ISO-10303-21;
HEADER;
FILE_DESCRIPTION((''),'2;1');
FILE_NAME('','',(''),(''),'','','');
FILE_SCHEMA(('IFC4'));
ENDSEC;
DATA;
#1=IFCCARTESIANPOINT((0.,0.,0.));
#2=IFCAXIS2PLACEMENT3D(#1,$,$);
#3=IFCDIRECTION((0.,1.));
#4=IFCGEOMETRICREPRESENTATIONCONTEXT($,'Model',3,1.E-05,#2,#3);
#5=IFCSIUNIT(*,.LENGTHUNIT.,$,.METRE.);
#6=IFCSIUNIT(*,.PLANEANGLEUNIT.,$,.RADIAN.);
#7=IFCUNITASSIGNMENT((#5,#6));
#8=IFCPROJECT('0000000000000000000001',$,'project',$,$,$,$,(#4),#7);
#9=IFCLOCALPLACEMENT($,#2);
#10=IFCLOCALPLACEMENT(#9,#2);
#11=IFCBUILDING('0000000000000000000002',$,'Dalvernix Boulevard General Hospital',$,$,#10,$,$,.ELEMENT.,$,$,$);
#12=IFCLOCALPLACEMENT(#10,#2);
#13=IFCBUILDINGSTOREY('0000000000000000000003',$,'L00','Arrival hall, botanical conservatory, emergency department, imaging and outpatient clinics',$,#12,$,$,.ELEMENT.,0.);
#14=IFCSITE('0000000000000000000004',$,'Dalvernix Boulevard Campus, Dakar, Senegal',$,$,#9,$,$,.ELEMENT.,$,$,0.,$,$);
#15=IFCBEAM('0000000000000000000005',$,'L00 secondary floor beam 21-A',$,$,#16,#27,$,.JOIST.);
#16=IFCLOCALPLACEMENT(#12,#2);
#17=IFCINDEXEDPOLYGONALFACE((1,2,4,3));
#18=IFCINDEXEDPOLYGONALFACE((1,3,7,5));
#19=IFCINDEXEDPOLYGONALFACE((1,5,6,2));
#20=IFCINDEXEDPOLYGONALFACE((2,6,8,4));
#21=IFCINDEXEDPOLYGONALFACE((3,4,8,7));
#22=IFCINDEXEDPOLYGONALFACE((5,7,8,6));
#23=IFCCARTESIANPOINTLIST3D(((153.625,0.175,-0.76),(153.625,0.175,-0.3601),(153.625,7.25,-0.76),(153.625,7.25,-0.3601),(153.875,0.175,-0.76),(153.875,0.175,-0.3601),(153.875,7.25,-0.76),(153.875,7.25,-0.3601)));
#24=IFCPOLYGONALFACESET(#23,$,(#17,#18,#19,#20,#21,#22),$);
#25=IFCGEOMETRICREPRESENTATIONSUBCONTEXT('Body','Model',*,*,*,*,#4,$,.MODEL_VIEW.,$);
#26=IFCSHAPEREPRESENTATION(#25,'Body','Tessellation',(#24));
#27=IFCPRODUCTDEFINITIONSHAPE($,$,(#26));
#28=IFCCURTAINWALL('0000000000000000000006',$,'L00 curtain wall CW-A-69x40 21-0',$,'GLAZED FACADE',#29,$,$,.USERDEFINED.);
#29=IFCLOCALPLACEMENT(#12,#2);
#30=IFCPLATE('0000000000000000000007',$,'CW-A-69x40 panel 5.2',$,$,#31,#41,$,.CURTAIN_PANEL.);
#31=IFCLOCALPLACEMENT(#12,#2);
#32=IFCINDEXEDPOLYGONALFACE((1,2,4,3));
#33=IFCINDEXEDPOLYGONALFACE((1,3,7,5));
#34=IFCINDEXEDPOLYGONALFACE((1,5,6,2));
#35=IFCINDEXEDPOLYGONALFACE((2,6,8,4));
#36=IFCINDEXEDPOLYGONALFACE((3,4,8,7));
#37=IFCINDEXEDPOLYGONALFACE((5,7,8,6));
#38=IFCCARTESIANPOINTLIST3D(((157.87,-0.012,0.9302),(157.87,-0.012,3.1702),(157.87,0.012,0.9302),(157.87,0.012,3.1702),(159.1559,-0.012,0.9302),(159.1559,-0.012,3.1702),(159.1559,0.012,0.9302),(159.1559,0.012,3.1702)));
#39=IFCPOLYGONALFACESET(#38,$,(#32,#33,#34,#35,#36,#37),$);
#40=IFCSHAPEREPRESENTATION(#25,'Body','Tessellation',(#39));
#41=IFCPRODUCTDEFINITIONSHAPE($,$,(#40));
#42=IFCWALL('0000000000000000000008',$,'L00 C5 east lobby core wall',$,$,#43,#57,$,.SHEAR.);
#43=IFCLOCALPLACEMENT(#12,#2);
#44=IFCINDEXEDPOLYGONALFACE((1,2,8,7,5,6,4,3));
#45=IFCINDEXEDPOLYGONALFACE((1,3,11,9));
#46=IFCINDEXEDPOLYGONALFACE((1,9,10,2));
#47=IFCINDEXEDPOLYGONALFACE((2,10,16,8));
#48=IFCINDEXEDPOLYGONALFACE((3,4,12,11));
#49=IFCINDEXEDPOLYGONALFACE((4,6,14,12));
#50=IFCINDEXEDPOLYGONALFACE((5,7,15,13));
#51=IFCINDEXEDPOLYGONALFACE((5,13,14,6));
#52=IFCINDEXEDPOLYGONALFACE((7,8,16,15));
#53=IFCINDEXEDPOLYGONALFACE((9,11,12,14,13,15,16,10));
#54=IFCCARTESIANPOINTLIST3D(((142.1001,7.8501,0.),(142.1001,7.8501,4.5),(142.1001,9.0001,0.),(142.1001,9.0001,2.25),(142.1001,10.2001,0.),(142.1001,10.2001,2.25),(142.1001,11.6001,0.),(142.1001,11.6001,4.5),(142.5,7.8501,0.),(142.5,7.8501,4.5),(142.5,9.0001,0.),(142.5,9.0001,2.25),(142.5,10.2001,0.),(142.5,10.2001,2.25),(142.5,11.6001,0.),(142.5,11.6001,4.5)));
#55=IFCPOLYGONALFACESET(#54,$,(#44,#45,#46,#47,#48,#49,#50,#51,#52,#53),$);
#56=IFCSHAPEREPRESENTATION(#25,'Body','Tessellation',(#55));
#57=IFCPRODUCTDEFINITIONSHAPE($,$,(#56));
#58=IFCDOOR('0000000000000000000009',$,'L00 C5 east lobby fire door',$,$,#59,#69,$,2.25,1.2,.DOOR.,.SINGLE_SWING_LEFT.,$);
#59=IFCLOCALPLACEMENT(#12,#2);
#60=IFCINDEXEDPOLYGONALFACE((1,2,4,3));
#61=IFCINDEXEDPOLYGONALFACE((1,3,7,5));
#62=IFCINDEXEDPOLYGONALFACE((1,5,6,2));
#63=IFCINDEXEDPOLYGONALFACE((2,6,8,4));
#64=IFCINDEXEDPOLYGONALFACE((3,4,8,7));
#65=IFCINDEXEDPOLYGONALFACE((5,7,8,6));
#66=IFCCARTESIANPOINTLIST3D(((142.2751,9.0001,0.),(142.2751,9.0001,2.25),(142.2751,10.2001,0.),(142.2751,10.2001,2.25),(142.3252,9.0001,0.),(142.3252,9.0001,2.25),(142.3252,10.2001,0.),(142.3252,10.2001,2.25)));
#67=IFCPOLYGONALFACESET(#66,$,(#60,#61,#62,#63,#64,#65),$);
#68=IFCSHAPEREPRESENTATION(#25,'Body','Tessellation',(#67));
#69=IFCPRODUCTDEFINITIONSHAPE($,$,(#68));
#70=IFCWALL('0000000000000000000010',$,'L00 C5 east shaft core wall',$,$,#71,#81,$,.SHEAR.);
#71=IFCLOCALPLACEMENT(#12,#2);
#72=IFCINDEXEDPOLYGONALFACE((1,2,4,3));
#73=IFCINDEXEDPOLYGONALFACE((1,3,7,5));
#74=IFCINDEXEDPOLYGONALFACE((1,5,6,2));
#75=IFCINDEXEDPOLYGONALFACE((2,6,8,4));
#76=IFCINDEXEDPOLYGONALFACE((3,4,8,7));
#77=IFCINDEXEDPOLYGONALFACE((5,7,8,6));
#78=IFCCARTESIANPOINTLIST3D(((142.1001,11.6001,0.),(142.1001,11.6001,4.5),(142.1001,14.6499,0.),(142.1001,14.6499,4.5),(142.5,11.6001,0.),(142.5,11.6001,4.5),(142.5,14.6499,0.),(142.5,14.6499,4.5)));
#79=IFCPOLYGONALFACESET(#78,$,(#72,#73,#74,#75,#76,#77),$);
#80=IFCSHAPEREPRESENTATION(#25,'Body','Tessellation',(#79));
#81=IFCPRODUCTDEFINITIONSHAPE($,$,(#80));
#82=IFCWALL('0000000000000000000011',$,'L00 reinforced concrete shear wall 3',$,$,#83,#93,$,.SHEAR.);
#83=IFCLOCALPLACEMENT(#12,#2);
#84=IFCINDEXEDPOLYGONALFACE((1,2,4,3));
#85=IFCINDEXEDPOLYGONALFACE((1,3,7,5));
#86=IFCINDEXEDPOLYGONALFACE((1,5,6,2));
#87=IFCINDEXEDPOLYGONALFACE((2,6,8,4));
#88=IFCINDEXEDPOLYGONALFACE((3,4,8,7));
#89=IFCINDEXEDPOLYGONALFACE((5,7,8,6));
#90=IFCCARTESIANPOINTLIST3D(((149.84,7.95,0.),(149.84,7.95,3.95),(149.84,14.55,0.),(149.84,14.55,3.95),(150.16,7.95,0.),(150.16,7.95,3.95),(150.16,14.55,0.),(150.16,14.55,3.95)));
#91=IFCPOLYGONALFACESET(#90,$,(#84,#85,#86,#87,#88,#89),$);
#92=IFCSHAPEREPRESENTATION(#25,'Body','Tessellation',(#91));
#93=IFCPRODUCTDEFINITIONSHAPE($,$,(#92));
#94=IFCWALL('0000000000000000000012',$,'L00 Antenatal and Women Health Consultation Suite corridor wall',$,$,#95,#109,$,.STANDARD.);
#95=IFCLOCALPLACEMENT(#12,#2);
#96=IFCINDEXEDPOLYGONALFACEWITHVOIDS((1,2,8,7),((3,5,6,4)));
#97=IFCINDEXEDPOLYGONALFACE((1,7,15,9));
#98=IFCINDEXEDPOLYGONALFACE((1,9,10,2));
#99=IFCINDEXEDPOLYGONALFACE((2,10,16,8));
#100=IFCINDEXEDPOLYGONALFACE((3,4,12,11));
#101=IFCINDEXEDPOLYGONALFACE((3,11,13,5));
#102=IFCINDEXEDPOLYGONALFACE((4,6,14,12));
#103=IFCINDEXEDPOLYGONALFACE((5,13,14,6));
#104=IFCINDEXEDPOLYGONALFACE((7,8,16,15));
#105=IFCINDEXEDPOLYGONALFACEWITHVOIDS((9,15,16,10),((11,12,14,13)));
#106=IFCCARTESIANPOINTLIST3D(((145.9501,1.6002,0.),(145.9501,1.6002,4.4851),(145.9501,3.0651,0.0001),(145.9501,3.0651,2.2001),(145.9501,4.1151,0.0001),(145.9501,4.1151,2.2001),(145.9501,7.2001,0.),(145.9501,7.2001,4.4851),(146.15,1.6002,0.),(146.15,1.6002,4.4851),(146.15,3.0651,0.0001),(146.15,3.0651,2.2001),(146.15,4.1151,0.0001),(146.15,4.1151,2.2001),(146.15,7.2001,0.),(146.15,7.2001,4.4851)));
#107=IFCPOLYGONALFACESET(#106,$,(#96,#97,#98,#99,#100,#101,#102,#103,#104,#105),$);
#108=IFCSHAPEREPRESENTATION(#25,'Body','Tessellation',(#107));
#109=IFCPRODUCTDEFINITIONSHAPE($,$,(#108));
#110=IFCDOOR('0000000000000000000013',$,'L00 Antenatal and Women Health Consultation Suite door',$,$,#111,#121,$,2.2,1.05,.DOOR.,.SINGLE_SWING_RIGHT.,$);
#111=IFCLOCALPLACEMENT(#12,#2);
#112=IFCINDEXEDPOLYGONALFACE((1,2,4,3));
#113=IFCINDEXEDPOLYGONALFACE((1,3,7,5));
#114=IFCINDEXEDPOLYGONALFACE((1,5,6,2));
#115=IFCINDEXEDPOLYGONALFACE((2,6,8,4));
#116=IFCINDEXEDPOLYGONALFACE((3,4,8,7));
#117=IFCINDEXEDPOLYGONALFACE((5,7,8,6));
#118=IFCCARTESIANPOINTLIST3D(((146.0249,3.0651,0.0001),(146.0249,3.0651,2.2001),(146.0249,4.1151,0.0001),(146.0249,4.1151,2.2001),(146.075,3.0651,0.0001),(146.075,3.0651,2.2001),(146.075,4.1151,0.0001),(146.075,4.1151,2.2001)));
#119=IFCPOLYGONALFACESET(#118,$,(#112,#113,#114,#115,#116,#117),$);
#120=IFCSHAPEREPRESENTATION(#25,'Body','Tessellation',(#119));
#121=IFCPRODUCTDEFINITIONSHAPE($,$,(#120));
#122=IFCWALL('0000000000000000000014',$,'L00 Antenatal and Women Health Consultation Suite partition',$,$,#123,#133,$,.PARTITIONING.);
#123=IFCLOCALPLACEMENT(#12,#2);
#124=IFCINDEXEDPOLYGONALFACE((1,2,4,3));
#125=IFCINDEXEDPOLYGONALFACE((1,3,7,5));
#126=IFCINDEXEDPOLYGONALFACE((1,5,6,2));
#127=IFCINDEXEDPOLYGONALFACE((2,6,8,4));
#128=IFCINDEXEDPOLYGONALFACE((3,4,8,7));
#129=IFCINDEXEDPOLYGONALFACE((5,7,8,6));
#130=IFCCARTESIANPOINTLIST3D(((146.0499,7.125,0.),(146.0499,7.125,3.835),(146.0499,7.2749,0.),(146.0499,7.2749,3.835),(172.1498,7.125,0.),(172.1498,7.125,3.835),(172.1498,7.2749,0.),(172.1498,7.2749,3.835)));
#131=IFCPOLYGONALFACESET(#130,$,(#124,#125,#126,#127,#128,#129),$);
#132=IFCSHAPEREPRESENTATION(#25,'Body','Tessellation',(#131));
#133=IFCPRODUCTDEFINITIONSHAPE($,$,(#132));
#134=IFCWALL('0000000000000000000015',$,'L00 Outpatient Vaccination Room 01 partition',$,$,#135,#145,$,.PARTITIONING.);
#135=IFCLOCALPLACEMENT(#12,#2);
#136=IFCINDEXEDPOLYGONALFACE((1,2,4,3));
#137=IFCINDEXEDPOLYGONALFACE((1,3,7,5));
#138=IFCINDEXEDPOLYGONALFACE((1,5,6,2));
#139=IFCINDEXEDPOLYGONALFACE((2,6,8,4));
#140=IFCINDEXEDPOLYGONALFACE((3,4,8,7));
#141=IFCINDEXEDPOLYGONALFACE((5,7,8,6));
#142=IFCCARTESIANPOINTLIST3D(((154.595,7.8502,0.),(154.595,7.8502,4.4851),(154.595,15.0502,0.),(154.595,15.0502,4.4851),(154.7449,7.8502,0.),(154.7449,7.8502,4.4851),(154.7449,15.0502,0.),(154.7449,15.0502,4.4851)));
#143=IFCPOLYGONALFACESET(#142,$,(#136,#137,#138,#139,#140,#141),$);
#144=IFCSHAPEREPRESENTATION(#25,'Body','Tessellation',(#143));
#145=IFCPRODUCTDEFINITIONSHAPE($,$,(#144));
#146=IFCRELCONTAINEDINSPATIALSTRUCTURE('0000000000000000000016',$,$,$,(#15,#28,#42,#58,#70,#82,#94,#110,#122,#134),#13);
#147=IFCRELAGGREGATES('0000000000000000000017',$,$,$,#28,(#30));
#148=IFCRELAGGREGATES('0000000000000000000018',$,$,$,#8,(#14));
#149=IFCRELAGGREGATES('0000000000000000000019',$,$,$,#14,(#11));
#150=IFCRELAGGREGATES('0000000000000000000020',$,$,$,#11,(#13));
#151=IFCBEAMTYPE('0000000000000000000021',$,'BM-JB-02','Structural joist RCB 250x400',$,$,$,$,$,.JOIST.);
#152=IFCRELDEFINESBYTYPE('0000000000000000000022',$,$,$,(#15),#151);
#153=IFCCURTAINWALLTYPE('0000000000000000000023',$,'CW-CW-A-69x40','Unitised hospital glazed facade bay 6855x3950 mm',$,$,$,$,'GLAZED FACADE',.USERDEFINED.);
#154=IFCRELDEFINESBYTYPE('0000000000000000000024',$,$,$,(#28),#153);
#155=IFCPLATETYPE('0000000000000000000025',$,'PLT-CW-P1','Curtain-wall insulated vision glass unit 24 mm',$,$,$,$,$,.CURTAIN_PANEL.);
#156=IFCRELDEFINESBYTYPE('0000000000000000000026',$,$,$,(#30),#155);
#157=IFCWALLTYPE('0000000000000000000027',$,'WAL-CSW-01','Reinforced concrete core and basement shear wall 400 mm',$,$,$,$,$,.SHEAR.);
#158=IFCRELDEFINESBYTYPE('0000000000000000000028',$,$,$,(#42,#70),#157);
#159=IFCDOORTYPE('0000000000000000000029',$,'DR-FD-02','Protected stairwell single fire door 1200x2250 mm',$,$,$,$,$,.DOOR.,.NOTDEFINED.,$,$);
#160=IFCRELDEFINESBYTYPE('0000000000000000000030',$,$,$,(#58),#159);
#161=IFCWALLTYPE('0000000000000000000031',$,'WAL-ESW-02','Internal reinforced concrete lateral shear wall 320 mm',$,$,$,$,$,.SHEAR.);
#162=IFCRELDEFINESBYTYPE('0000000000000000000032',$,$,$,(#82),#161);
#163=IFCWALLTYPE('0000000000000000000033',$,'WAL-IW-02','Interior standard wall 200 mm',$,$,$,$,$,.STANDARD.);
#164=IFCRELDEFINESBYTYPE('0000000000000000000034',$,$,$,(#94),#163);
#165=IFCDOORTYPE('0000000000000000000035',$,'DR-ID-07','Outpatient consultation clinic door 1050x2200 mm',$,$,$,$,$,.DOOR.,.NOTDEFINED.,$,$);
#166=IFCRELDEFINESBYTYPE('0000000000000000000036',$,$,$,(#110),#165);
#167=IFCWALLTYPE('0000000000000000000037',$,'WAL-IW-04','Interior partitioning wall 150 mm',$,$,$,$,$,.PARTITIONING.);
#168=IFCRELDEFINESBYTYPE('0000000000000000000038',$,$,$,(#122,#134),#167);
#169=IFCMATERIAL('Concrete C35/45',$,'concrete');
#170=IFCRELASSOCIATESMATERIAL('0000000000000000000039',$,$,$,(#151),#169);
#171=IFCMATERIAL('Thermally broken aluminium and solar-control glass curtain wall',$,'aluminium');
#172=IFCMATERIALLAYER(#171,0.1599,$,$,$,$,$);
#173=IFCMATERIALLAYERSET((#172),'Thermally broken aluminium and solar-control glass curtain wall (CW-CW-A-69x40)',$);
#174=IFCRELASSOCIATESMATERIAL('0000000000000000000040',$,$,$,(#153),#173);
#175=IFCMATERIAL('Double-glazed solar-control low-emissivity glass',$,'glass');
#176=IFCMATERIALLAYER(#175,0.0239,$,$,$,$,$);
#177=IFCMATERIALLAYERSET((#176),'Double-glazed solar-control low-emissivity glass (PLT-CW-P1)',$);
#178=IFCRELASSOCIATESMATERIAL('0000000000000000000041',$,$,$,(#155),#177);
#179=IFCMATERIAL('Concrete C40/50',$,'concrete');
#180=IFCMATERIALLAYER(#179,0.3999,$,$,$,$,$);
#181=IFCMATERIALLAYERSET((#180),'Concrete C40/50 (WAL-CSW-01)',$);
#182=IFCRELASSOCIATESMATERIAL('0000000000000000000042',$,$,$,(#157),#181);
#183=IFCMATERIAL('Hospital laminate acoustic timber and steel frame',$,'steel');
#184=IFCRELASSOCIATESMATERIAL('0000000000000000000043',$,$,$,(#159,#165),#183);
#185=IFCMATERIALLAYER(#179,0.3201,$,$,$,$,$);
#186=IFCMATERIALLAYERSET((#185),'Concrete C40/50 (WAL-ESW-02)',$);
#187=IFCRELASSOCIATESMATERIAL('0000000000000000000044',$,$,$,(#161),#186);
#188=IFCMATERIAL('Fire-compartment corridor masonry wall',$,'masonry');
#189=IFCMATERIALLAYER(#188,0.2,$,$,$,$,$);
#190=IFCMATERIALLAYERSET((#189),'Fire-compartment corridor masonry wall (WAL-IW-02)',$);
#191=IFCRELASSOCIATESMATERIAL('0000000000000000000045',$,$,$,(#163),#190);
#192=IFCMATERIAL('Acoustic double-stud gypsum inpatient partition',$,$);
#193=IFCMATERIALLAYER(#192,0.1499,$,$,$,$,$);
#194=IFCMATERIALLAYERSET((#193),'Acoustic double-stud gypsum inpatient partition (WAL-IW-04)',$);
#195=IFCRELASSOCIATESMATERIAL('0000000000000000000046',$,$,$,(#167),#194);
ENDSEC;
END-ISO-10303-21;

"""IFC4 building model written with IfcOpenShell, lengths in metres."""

from ifc_helpers import new_model, si_unit, direction, frame, frame_2d, origin, origin_2d, place, context, subcontext, project, spatial, rectangle, extrude, material, layer, layer_set, material_profile, profile_set, type_object, element, fill, aggregate, save


model = new_model("IFC4")

# Units and contexts
model_context = context("Model", 3, precision=1e-05, world=origin(), true_north=direction((0.0, 1.0)))
body_context = subcontext(model_context, "Body", "Model", "MODEL_VIEW")
ifc_project = project(units=[si_unit("LENGTHUNIT", "METRE"), si_unit("PLANEANGLEUNIT", "RADIAN")], contexts=[model_context])

# Site, building, storey
site_placement = place(None, origin())
site = spatial("IfcSite", under=ifc_project, at=site_placement, Name="Dalvernix Boulevard Campus, Dakar, Senegal", CompositionType="ELEMENT", RefElevation=0.0)
building_placement = place(site_placement, origin())
building = spatial("IfcBuilding", under=site, at=building_placement, Name="Dalvernix Boulevard General Hospital", CompositionType="ELEMENT")
storey_placement = place(building_placement, origin())
storey = spatial("IfcBuildingStorey", under=building, at=storey_placement, Name="L00", Description="Arrival hall, botanical conservatory, emergency department, imaging and outpatient clinics", CompositionType="ELEMENT", Elevation=0.0)

# Shared definitions
ifc_material_1 = material(Name="Concrete C40/50", Category="concrete")

# Beam
ifc_material_2 = material(Name="Concrete C35/45", Category="concrete")
ifc_material_profile_1 = material_profile(ifc_material_2, rectangle(XDim=0.25, YDim=0.3999, at=origin_2d()), Name="RCB 250x400")
ifc_profile_set_1 = profile_set([ifc_material_profile_1], Name="Concrete C35/45")
beam_type_1 = type_object("IfcBeamType", Name="BM-JB-02", Description="Structural joist RCB 250x400", PredefinedType="JOIST", material=ifc_profile_set_1)
beam_1_placement = place(storey_placement, frame((153.75, 0.175, -0.5601), z_axis=(0.0, 1.0, 0.0), x_axis=(-1.0, 0.0, 0.0)))
element("IfcBeam", 1, at=beam_1_placement, inside=storey, type_object=beam_type_1, Name="L00 secondary floor beam 21-A", PredefinedType="JOIST", context=body_context, shape_type="SweptSolid", body=[
    extrude(rectangle(XDim=0.25, YDim=0.3999, at=origin_2d()), origin(), (0.0, 0.0, 1.0), 7.075),
])

# Curtain wall, plate
ifc_material_3 = material(Name="Thermally broken aluminium and solar-control glass curtain wall", Category="aluminium")
ifc_layer_1 = layer(ifc_material_3, 0.1599)
ifc_layer_set_1 = layer_set([ifc_layer_1], Name="Thermally broken aluminium and solar-control glass curtain wall (CW-CW-A-69x40)")
curtain_wall_type = type_object("IfcCurtainWallType", Name="CW-CW-A-69x40", Description="Unitised hospital glazed facade bay 6855x3950 mm", ElementType="GLAZED FACADE", PredefinedType="USERDEFINED", material=ifc_layer_set_1)
curtain_wall_placement = place(storey_placement, origin())
curtain_wall = element("IfcCurtainWall", 2, at=curtain_wall_placement, inside=storey, type_object=curtain_wall_type, Name="L00 curtain wall CW-A-69x40 21-0", ObjectType="GLAZED FACADE", PredefinedType="USERDEFINED")
ifc_material_4 = material(Name="Double-glazed solar-control low-emissivity glass", Category="glass")
ifc_layer_2 = layer(ifc_material_4, 0.0239)
ifc_layer_set_2 = layer_set([ifc_layer_2], Name="Double-glazed solar-control low-emissivity glass (PLT-CW-P1)")
plate_type = type_object("IfcPlateType", Name="PLT-CW-P1", Description="Curtain-wall insulated vision glass unit 24 mm", PredefinedType="CURTAIN_PANEL", material=ifc_layer_set_2)
plate_placement = place(storey_placement, frame((158.5129, 0.0, 0.9302), z_axis=(0.0, 0.0, 1.0), x_axis=(-1.0, 0.0, 0.0)))
plate = element("IfcPlate", 3, at=plate_placement, type_object=plate_type, Name="CW-A-69x40 panel 5.2", PredefinedType="CURTAIN_PANEL", context=body_context, shape_type="SweptSolid", body=[
    extrude(rectangle(XDim=1.2859, YDim=0.0239, at=origin_2d()), origin(), (0.0, 0.0, 1.0), 2.24),
])
aggregate(curtain_wall, [plate])

# Wall, opening, door
ifc_layer_3 = layer(ifc_material_1, 0.3999)
ifc_layer_set_3 = layer_set([ifc_layer_3], Name="Concrete C40/50 (WAL-CSW-01)")
wall_type_1 = type_object("IfcWallType", Name="WAL-CSW-01", Description="Reinforced concrete core and basement shear wall 400 mm", PredefinedType="SHEAR", material=ifc_layer_set_3)
wall_1_placement = place(storey_placement, frame((142.3, 7.8501, 0.0), z_axis=(0.0, 0.0, 1.0), x_axis=(0.0, 1.0, 0.0)))
wall_1 = element("IfcWall", 4, at=wall_1_placement, inside=storey, type_object=wall_type_1, Name="L00 C5 east lobby core wall", PredefinedType="SHEAR", context=body_context, shape_type="SweptSolid", body=[
    extrude(rectangle(XDim=3.75, YDim=0.3999, at=frame_2d((1.875, 0.0))), origin(), (0.0, 0.0, 1.0), 4.5),
])
opening_1_placement = place(wall_1_placement, frame((1.1499, 0.0, 0.0)))
opening_1 = element("IfcOpeningElement", 5, at=opening_1_placement, cuts=wall_1, PredefinedType="OPENING", context=body_context, shape_type="SweptSolid", body=[
    extrude(rectangle(XDim=1.2, YDim=2.25, at=frame_2d((0.6001, 1.125))), frame((0.0, 0.21, 0.0), z_axis=(0.0, -1.0, 0.0), x_axis=(1.0, 0.0, 0.0)), (0.0, 0.0, 1.0), 0.4199),
])
ifc_material_5 = material(Name="Hospital laminate acoustic timber and steel frame", Category="steel")
door_type_1 = type_object("IfcDoorType", Name="DR-FD-02", Description="Protected stairwell single fire door 1200x2250 mm", OperationType="NOTDEFINED", PredefinedType="DOOR", material=ifc_material_5)
door_1_placement = place(opening_1_placement, origin())
door_1 = element("IfcDoor", 6, at=door_1_placement, inside=storey, type_object=door_type_1, Name="L00 C5 east lobby fire door", OperationType="SINGLE_SWING_LEFT", OverallHeight=2.25, OverallWidth=1.2, PredefinedType="DOOR", context=body_context, shape_type="SweptSolid", body=[
    extrude(rectangle(XDim=1.2, YDim=2.25, at=frame_2d((0.6001, 1.125))), frame((0.0, 0.0249, 0.0), z_axis=(0.0, -1.0, 0.0), x_axis=(1.0, 0.0, 0.0)), (0.0, 0.0, 1.0), 0.05),
])
fill(opening_1, door_1)

# Walls
wall_2_placement = place(storey_placement, frame((142.3, 11.6001, 0.0), z_axis=(0.0, 0.0, 1.0), x_axis=(0.0, 1.0, 0.0)))
element("IfcWall", 7, at=wall_2_placement, inside=storey, type_object=wall_type_1, Name="L00 C5 east shaft core wall", PredefinedType="SHEAR", context=body_context, shape_type="SweptSolid", body=[
    extrude(rectangle(XDim=3.0498, YDim=0.3999, at=frame_2d((1.5249, 0.0))), origin(), (0.0, 0.0, 1.0), 4.5),
])
ifc_layer_4 = layer(ifc_material_1, 0.3201)
ifc_layer_set_4 = layer_set([ifc_layer_4], Name="Concrete C40/50 (WAL-ESW-02)")
wall_type_2 = type_object("IfcWallType", Name="WAL-ESW-02", Description="Internal reinforced concrete lateral shear wall 320 mm", PredefinedType="SHEAR", material=ifc_layer_set_4)
wall_3_placement = place(storey_placement, frame((150.0, 7.95, 0.0), z_axis=(0.0, 0.0, 1.0), x_axis=(0.0, 1.0, 0.0)))
element("IfcWall", 8, at=wall_3_placement, inside=storey, type_object=wall_type_2, Name="L00 reinforced concrete shear wall 3", PredefinedType="SHEAR", context=body_context, shape_type="SweptSolid", body=[
    extrude(rectangle(XDim=6.6001, YDim=0.3201, at=frame_2d((3.3, 0.0))), origin(), (0.0, 0.0, 1.0), 3.95),
])

# Wall, opening, door
ifc_material_6 = material(Name="Fire-compartment corridor masonry wall", Category="masonry")
ifc_layer_5 = layer(ifc_material_6, 0.2)
ifc_layer_set_5 = layer_set([ifc_layer_5], Name="Fire-compartment corridor masonry wall (WAL-IW-02)")
wall_type_3 = type_object("IfcWallType", Name="WAL-IW-02", Description="Interior standard wall 200 mm", PredefinedType="STANDARD", material=ifc_layer_set_5)
wall_4_placement = place(storey_placement, frame((146.05, 7.2, 0.0), z_axis=(0.0, 0.0, 1.0), x_axis=(0.0, -1.0, 0.0)))
wall_4 = element("IfcWall", 9, at=wall_4_placement, inside=storey, type_object=wall_type_3, Name="L00 Antenatal and Women Health Consultation Suite corridor wall", PredefinedType="STANDARD", context=body_context, shape_type="SweptSolid", body=[
    extrude(rectangle(XDim=5.5999, YDim=0.2, at=frame_2d((2.7998, 0.0))), origin(), (0.0, 0.0, 1.0), 4.4851),
])
opening_2_placement = place(wall_4_placement, frame((3.085, 0.0, 0.0)))
opening_2 = element("IfcOpeningElement", 10, at=opening_2_placement, cuts=wall_4, PredefinedType="OPENING", context=body_context, shape_type="SweptSolid", body=[
    extrude(rectangle(XDim=1.05, YDim=2.2, at=frame_2d((0.5249, 1.1001))), frame((0.0, 0.1099, 0.0), z_axis=(0.0, -1.0, 0.0), x_axis=(1.0, 0.0, 0.0)), (0.0, 0.0, 1.0), 0.22),
])
door_type_2 = type_object("IfcDoorType", Name="DR-ID-07", Description="Outpatient consultation clinic door 1050x2200 mm", OperationType="NOTDEFINED", PredefinedType="DOOR", material=ifc_material_5)
door_2_placement = place(opening_2_placement, origin())
door_2 = element("IfcDoor", 11, at=door_2_placement, inside=storey, type_object=door_type_2, Name="L00 Antenatal and Women Health Consultation Suite door", OperationType="SINGLE_SWING_RIGHT", OverallHeight=2.2, OverallWidth=1.05, PredefinedType="DOOR", context=body_context, shape_type="SweptSolid", body=[
    extrude(rectangle(XDim=1.05, YDim=2.2, at=frame_2d((0.5249, 1.1001))), frame((0.0, 0.0249, 0.0), z_axis=(0.0, -1.0, 0.0), x_axis=(1.0, 0.0, 0.0)), (0.0, 0.0, 1.0), 0.05),
])
fill(opening_2, door_2)

# Walls
ifc_material_7 = material(Name="Acoustic double-stud gypsum inpatient partition")
ifc_layer_6 = layer(ifc_material_7, 0.1499)
ifc_layer_set_6 = layer_set([ifc_layer_6], Name="Acoustic double-stud gypsum inpatient partition (WAL-IW-04)")
wall_type_4 = type_object("IfcWallType", Name="WAL-IW-04", Description="Interior partitioning wall 150 mm", PredefinedType="PARTITIONING", material=ifc_layer_set_6)
wall_5_placement = place(storey_placement, frame((146.05, 7.2, 0.0), z_axis=(0.0, 0.0, 1.0), x_axis=(1.0, 0.0, 0.0)))
element("IfcWall", 12, at=wall_5_placement, inside=storey, type_object=wall_type_4, Name="L00 Antenatal and Women Health Consultation Suite partition", PredefinedType="PARTITIONING", context=body_context, shape_type="SweptSolid", body=[
    extrude(rectangle(XDim=26.0999, YDim=0.1499, at=frame_2d((13.0498, 0.0))), origin(), (0.0, 0.0, 1.0), 3.835),
])
wall_6_placement = place(storey_placement, frame((154.6699, 7.8501, 0.0), z_axis=(0.0, 0.0, 1.0), x_axis=(0.0, 1.0, 0.0)))
element("IfcWall", 13, at=wall_6_placement, inside=storey, type_object=wall_type_4, Name="L00 Outpatient Vaccination Room 01 partition", PredefinedType="PARTITIONING", context=body_context, shape_type="SweptSolid", body=[
    extrude(rectangle(XDim=7.2, YDim=0.1499, at=frame_2d((3.6001, 0.0))), origin(), (0.0, 0.0, 1.0), 4.4851),
])

save(model, "model.ifc")
